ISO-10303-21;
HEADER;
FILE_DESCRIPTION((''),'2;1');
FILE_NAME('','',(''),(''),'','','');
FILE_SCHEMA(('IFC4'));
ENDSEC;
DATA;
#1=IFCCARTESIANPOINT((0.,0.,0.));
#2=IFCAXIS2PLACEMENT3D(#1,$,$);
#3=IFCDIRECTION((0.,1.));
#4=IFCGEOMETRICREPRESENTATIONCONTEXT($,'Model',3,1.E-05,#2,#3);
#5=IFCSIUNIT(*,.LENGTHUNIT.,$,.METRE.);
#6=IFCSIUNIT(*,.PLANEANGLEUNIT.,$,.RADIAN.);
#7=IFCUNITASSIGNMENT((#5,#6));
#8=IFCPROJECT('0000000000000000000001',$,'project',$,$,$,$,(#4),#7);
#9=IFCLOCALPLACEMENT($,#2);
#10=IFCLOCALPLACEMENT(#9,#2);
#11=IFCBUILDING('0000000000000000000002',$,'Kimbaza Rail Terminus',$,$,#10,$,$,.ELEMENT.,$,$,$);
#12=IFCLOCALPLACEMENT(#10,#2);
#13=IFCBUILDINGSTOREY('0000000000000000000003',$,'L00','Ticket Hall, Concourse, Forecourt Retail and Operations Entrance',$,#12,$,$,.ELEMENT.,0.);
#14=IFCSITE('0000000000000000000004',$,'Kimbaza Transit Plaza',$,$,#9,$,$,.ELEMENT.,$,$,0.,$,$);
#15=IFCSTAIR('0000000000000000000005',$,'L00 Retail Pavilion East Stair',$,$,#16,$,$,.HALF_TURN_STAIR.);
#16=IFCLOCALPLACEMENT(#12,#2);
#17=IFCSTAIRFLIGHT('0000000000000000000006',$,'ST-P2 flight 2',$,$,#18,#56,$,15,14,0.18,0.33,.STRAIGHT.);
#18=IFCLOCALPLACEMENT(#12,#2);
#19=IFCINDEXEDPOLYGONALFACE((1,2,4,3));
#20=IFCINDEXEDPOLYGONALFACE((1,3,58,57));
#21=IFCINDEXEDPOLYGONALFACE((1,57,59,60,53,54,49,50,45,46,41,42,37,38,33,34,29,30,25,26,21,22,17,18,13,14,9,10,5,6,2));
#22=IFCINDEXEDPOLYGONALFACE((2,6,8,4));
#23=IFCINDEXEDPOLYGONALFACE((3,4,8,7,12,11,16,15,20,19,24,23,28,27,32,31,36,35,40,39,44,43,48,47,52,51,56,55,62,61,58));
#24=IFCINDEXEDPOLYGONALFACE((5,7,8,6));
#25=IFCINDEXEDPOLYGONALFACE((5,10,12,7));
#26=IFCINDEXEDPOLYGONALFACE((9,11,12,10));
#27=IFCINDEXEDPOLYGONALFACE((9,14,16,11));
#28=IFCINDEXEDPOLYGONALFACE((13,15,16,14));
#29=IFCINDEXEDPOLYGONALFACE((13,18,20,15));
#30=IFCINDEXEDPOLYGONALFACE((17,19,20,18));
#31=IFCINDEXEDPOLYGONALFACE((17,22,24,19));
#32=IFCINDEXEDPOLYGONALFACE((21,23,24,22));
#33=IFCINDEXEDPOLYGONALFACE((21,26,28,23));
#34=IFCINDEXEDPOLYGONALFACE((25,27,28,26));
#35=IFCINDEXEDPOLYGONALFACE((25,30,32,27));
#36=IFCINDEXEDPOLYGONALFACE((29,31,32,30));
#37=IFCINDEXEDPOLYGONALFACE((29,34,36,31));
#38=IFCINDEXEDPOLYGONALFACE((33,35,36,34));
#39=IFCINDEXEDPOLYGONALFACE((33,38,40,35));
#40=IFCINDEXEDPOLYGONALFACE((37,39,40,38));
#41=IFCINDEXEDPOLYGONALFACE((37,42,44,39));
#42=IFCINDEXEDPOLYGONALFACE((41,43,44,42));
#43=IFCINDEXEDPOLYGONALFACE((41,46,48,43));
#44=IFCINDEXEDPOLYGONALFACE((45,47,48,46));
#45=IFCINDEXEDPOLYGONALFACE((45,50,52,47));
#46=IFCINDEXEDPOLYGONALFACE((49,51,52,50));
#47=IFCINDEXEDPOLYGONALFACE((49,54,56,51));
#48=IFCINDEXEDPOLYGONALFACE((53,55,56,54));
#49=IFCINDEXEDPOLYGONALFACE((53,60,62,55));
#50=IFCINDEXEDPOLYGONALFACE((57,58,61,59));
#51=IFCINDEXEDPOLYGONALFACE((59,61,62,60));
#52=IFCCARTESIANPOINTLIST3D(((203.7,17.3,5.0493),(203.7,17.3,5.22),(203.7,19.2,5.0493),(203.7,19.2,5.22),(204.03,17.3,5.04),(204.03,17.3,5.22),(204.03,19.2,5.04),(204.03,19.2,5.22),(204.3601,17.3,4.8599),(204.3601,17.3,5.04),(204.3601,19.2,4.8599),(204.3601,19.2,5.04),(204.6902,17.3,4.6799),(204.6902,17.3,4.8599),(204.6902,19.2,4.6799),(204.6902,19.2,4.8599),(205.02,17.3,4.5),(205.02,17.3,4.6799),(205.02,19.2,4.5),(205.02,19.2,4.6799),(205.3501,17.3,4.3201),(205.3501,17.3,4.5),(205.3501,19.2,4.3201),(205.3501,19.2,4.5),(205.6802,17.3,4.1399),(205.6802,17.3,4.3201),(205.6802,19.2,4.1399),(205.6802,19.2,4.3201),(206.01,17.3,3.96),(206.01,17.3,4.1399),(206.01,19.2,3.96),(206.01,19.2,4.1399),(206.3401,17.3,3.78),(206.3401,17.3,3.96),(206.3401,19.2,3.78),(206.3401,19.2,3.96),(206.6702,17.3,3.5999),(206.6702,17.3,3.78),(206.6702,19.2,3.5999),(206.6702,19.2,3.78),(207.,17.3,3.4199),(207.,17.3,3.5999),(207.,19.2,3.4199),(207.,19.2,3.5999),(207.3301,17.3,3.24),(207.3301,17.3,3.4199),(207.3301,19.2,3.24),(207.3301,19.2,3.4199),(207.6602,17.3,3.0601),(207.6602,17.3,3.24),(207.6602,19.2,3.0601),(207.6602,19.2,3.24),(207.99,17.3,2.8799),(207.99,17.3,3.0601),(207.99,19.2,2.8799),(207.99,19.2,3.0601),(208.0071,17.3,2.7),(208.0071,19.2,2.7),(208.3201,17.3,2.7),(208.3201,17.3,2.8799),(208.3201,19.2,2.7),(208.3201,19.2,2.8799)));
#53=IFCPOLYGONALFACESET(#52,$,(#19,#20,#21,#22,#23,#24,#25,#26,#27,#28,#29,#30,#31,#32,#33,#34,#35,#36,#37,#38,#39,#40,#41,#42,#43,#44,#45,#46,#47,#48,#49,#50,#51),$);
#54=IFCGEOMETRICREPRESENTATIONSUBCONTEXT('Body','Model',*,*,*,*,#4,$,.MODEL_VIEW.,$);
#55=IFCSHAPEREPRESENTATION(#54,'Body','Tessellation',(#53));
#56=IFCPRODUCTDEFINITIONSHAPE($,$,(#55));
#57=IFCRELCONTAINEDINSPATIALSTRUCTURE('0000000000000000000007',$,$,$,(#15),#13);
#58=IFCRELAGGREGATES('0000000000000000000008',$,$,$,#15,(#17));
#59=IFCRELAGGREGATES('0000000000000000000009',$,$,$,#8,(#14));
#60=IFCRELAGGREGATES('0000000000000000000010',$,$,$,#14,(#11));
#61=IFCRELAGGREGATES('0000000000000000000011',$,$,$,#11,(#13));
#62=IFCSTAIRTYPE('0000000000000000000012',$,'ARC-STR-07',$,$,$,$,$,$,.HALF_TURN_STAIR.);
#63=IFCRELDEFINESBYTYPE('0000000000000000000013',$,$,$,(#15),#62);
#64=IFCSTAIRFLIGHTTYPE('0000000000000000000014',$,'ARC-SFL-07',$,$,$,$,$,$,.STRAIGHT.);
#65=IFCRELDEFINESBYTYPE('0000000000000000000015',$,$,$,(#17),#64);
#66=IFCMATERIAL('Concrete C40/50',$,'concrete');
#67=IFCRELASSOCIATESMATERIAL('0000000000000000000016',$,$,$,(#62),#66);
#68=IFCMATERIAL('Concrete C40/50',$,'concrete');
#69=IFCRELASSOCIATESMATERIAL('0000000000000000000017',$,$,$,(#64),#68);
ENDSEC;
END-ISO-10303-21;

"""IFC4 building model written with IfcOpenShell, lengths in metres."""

from ifc_helpers import new_model, si_unit, direction, frame, origin, place, context, subcontext, project, spatial, polyline, outline, extrude, material, type_object, element, aggregate, save


model = new_model("IFC4")

# Units and contexts
model_context = context("Model", 3, precision=1e-05, world=origin(), true_north=direction((0.0, 1.0)))
body_context = subcontext(model_context, "Body", "Model", "MODEL_VIEW")
ifc_project = project(units=[si_unit("LENGTHUNIT", "METRE"), si_unit("PLANEANGLEUNIT", "RADIAN")], contexts=[model_context])

# Site, building, storey
site_placement = place(None, origin())
site = spatial("IfcSite", under=ifc_project, at=site_placement, Name="Kimbaza Transit Plaza", CompositionType="ELEMENT", RefElevation=0.0)
building_placement = place(site_placement, origin())
building = spatial("IfcBuilding", under=site, at=building_placement, Name="Kimbaza Rail Terminus", CompositionType="ELEMENT")
storey_placement = place(building_placement, origin())
storey = spatial("IfcBuildingStorey", under=building, at=storey_placement, Name="L00", Description="Ticket Hall, Concourse, Forecourt Retail and Operations Entrance", CompositionType="ELEMENT", Elevation=0.0)

# Stair, stair flight
ifc_material_1 = material(Name="Concrete C40/50", Category="concrete")
stair_type = type_object("IfcStairType", Name="ARC-STR-07", PredefinedType="HALF_TURN_STAIR", material=ifc_material_1)
stair_placement = place(storey_placement, origin())
stair = element("IfcStair", 1, at=stair_placement, inside=storey, type_object=stair_type, Name="L00 Retail Pavilion East Stair", PredefinedType="HALF_TURN_STAIR")
ifc_material_2 = material(Name="Concrete C40/50", Category="concrete")
stair_flight_type = type_object("IfcStairFlightType", Name="ARC-SFL-07", PredefinedType="STRAIGHT", material=ifc_material_2)
stair_flight_1_placement = place(storey_placement, frame((208.3201, 18.25, 2.7), z_axis=(0.0, 0.0, 1.0), x_axis=(-1.0, 0.0, 0.0)))
stair_flight_1 = element("IfcStairFlight", 2, at=stair_flight_1_placement, type_object=stair_flight_type, Name="ST-P2 flight 2", NumberOfRisers=15, NumberOfTreads=14, PredefinedType="STRAIGHT", RiserHeight=0.18, TreadLength=0.33, context=body_context, shape_type="SweptSolid", body=[
    extrude(outline(polyline([(0.0, 0.0), (0.0, 0.1799), (0.3301, 0.1799), (0.3301, 0.3601), (0.6599, 0.3601), (0.6599, 0.54), (0.99, 0.54), (0.99, 0.72), (1.3201, 0.72), (1.3201, 0.8999), (1.6499, 0.8999), (1.6499, 1.0801), (1.98, 1.0801), (1.98, 1.26), (2.3101, 1.26), (2.3101, 1.4399), (2.6399, 1.4399), (2.6399, 1.6201), (2.97, 1.6201), (2.97, 1.8), (3.3, 1.8), (3.3, 1.98), (3.6299, 1.98), (3.6299, 2.1599), (3.96, 2.1599), (3.96, 2.3401), (4.29, 2.3401), (4.29, 2.52), (4.6201, 2.52), (4.6201, 2.7), (4.6201, 2.3494), (0.313, 0.0), (0.0, 0.0)])), frame((0.0, 0.95, 0.0), z_axis=(0.0, -1.0, 0.0), x_axis=(1.0, 0.0, 0.0)), (0.0, 0.0, 1.0), 1.8999),
])
aggregate(stair, [stair_flight_1])

save(model, "model.ifc")
